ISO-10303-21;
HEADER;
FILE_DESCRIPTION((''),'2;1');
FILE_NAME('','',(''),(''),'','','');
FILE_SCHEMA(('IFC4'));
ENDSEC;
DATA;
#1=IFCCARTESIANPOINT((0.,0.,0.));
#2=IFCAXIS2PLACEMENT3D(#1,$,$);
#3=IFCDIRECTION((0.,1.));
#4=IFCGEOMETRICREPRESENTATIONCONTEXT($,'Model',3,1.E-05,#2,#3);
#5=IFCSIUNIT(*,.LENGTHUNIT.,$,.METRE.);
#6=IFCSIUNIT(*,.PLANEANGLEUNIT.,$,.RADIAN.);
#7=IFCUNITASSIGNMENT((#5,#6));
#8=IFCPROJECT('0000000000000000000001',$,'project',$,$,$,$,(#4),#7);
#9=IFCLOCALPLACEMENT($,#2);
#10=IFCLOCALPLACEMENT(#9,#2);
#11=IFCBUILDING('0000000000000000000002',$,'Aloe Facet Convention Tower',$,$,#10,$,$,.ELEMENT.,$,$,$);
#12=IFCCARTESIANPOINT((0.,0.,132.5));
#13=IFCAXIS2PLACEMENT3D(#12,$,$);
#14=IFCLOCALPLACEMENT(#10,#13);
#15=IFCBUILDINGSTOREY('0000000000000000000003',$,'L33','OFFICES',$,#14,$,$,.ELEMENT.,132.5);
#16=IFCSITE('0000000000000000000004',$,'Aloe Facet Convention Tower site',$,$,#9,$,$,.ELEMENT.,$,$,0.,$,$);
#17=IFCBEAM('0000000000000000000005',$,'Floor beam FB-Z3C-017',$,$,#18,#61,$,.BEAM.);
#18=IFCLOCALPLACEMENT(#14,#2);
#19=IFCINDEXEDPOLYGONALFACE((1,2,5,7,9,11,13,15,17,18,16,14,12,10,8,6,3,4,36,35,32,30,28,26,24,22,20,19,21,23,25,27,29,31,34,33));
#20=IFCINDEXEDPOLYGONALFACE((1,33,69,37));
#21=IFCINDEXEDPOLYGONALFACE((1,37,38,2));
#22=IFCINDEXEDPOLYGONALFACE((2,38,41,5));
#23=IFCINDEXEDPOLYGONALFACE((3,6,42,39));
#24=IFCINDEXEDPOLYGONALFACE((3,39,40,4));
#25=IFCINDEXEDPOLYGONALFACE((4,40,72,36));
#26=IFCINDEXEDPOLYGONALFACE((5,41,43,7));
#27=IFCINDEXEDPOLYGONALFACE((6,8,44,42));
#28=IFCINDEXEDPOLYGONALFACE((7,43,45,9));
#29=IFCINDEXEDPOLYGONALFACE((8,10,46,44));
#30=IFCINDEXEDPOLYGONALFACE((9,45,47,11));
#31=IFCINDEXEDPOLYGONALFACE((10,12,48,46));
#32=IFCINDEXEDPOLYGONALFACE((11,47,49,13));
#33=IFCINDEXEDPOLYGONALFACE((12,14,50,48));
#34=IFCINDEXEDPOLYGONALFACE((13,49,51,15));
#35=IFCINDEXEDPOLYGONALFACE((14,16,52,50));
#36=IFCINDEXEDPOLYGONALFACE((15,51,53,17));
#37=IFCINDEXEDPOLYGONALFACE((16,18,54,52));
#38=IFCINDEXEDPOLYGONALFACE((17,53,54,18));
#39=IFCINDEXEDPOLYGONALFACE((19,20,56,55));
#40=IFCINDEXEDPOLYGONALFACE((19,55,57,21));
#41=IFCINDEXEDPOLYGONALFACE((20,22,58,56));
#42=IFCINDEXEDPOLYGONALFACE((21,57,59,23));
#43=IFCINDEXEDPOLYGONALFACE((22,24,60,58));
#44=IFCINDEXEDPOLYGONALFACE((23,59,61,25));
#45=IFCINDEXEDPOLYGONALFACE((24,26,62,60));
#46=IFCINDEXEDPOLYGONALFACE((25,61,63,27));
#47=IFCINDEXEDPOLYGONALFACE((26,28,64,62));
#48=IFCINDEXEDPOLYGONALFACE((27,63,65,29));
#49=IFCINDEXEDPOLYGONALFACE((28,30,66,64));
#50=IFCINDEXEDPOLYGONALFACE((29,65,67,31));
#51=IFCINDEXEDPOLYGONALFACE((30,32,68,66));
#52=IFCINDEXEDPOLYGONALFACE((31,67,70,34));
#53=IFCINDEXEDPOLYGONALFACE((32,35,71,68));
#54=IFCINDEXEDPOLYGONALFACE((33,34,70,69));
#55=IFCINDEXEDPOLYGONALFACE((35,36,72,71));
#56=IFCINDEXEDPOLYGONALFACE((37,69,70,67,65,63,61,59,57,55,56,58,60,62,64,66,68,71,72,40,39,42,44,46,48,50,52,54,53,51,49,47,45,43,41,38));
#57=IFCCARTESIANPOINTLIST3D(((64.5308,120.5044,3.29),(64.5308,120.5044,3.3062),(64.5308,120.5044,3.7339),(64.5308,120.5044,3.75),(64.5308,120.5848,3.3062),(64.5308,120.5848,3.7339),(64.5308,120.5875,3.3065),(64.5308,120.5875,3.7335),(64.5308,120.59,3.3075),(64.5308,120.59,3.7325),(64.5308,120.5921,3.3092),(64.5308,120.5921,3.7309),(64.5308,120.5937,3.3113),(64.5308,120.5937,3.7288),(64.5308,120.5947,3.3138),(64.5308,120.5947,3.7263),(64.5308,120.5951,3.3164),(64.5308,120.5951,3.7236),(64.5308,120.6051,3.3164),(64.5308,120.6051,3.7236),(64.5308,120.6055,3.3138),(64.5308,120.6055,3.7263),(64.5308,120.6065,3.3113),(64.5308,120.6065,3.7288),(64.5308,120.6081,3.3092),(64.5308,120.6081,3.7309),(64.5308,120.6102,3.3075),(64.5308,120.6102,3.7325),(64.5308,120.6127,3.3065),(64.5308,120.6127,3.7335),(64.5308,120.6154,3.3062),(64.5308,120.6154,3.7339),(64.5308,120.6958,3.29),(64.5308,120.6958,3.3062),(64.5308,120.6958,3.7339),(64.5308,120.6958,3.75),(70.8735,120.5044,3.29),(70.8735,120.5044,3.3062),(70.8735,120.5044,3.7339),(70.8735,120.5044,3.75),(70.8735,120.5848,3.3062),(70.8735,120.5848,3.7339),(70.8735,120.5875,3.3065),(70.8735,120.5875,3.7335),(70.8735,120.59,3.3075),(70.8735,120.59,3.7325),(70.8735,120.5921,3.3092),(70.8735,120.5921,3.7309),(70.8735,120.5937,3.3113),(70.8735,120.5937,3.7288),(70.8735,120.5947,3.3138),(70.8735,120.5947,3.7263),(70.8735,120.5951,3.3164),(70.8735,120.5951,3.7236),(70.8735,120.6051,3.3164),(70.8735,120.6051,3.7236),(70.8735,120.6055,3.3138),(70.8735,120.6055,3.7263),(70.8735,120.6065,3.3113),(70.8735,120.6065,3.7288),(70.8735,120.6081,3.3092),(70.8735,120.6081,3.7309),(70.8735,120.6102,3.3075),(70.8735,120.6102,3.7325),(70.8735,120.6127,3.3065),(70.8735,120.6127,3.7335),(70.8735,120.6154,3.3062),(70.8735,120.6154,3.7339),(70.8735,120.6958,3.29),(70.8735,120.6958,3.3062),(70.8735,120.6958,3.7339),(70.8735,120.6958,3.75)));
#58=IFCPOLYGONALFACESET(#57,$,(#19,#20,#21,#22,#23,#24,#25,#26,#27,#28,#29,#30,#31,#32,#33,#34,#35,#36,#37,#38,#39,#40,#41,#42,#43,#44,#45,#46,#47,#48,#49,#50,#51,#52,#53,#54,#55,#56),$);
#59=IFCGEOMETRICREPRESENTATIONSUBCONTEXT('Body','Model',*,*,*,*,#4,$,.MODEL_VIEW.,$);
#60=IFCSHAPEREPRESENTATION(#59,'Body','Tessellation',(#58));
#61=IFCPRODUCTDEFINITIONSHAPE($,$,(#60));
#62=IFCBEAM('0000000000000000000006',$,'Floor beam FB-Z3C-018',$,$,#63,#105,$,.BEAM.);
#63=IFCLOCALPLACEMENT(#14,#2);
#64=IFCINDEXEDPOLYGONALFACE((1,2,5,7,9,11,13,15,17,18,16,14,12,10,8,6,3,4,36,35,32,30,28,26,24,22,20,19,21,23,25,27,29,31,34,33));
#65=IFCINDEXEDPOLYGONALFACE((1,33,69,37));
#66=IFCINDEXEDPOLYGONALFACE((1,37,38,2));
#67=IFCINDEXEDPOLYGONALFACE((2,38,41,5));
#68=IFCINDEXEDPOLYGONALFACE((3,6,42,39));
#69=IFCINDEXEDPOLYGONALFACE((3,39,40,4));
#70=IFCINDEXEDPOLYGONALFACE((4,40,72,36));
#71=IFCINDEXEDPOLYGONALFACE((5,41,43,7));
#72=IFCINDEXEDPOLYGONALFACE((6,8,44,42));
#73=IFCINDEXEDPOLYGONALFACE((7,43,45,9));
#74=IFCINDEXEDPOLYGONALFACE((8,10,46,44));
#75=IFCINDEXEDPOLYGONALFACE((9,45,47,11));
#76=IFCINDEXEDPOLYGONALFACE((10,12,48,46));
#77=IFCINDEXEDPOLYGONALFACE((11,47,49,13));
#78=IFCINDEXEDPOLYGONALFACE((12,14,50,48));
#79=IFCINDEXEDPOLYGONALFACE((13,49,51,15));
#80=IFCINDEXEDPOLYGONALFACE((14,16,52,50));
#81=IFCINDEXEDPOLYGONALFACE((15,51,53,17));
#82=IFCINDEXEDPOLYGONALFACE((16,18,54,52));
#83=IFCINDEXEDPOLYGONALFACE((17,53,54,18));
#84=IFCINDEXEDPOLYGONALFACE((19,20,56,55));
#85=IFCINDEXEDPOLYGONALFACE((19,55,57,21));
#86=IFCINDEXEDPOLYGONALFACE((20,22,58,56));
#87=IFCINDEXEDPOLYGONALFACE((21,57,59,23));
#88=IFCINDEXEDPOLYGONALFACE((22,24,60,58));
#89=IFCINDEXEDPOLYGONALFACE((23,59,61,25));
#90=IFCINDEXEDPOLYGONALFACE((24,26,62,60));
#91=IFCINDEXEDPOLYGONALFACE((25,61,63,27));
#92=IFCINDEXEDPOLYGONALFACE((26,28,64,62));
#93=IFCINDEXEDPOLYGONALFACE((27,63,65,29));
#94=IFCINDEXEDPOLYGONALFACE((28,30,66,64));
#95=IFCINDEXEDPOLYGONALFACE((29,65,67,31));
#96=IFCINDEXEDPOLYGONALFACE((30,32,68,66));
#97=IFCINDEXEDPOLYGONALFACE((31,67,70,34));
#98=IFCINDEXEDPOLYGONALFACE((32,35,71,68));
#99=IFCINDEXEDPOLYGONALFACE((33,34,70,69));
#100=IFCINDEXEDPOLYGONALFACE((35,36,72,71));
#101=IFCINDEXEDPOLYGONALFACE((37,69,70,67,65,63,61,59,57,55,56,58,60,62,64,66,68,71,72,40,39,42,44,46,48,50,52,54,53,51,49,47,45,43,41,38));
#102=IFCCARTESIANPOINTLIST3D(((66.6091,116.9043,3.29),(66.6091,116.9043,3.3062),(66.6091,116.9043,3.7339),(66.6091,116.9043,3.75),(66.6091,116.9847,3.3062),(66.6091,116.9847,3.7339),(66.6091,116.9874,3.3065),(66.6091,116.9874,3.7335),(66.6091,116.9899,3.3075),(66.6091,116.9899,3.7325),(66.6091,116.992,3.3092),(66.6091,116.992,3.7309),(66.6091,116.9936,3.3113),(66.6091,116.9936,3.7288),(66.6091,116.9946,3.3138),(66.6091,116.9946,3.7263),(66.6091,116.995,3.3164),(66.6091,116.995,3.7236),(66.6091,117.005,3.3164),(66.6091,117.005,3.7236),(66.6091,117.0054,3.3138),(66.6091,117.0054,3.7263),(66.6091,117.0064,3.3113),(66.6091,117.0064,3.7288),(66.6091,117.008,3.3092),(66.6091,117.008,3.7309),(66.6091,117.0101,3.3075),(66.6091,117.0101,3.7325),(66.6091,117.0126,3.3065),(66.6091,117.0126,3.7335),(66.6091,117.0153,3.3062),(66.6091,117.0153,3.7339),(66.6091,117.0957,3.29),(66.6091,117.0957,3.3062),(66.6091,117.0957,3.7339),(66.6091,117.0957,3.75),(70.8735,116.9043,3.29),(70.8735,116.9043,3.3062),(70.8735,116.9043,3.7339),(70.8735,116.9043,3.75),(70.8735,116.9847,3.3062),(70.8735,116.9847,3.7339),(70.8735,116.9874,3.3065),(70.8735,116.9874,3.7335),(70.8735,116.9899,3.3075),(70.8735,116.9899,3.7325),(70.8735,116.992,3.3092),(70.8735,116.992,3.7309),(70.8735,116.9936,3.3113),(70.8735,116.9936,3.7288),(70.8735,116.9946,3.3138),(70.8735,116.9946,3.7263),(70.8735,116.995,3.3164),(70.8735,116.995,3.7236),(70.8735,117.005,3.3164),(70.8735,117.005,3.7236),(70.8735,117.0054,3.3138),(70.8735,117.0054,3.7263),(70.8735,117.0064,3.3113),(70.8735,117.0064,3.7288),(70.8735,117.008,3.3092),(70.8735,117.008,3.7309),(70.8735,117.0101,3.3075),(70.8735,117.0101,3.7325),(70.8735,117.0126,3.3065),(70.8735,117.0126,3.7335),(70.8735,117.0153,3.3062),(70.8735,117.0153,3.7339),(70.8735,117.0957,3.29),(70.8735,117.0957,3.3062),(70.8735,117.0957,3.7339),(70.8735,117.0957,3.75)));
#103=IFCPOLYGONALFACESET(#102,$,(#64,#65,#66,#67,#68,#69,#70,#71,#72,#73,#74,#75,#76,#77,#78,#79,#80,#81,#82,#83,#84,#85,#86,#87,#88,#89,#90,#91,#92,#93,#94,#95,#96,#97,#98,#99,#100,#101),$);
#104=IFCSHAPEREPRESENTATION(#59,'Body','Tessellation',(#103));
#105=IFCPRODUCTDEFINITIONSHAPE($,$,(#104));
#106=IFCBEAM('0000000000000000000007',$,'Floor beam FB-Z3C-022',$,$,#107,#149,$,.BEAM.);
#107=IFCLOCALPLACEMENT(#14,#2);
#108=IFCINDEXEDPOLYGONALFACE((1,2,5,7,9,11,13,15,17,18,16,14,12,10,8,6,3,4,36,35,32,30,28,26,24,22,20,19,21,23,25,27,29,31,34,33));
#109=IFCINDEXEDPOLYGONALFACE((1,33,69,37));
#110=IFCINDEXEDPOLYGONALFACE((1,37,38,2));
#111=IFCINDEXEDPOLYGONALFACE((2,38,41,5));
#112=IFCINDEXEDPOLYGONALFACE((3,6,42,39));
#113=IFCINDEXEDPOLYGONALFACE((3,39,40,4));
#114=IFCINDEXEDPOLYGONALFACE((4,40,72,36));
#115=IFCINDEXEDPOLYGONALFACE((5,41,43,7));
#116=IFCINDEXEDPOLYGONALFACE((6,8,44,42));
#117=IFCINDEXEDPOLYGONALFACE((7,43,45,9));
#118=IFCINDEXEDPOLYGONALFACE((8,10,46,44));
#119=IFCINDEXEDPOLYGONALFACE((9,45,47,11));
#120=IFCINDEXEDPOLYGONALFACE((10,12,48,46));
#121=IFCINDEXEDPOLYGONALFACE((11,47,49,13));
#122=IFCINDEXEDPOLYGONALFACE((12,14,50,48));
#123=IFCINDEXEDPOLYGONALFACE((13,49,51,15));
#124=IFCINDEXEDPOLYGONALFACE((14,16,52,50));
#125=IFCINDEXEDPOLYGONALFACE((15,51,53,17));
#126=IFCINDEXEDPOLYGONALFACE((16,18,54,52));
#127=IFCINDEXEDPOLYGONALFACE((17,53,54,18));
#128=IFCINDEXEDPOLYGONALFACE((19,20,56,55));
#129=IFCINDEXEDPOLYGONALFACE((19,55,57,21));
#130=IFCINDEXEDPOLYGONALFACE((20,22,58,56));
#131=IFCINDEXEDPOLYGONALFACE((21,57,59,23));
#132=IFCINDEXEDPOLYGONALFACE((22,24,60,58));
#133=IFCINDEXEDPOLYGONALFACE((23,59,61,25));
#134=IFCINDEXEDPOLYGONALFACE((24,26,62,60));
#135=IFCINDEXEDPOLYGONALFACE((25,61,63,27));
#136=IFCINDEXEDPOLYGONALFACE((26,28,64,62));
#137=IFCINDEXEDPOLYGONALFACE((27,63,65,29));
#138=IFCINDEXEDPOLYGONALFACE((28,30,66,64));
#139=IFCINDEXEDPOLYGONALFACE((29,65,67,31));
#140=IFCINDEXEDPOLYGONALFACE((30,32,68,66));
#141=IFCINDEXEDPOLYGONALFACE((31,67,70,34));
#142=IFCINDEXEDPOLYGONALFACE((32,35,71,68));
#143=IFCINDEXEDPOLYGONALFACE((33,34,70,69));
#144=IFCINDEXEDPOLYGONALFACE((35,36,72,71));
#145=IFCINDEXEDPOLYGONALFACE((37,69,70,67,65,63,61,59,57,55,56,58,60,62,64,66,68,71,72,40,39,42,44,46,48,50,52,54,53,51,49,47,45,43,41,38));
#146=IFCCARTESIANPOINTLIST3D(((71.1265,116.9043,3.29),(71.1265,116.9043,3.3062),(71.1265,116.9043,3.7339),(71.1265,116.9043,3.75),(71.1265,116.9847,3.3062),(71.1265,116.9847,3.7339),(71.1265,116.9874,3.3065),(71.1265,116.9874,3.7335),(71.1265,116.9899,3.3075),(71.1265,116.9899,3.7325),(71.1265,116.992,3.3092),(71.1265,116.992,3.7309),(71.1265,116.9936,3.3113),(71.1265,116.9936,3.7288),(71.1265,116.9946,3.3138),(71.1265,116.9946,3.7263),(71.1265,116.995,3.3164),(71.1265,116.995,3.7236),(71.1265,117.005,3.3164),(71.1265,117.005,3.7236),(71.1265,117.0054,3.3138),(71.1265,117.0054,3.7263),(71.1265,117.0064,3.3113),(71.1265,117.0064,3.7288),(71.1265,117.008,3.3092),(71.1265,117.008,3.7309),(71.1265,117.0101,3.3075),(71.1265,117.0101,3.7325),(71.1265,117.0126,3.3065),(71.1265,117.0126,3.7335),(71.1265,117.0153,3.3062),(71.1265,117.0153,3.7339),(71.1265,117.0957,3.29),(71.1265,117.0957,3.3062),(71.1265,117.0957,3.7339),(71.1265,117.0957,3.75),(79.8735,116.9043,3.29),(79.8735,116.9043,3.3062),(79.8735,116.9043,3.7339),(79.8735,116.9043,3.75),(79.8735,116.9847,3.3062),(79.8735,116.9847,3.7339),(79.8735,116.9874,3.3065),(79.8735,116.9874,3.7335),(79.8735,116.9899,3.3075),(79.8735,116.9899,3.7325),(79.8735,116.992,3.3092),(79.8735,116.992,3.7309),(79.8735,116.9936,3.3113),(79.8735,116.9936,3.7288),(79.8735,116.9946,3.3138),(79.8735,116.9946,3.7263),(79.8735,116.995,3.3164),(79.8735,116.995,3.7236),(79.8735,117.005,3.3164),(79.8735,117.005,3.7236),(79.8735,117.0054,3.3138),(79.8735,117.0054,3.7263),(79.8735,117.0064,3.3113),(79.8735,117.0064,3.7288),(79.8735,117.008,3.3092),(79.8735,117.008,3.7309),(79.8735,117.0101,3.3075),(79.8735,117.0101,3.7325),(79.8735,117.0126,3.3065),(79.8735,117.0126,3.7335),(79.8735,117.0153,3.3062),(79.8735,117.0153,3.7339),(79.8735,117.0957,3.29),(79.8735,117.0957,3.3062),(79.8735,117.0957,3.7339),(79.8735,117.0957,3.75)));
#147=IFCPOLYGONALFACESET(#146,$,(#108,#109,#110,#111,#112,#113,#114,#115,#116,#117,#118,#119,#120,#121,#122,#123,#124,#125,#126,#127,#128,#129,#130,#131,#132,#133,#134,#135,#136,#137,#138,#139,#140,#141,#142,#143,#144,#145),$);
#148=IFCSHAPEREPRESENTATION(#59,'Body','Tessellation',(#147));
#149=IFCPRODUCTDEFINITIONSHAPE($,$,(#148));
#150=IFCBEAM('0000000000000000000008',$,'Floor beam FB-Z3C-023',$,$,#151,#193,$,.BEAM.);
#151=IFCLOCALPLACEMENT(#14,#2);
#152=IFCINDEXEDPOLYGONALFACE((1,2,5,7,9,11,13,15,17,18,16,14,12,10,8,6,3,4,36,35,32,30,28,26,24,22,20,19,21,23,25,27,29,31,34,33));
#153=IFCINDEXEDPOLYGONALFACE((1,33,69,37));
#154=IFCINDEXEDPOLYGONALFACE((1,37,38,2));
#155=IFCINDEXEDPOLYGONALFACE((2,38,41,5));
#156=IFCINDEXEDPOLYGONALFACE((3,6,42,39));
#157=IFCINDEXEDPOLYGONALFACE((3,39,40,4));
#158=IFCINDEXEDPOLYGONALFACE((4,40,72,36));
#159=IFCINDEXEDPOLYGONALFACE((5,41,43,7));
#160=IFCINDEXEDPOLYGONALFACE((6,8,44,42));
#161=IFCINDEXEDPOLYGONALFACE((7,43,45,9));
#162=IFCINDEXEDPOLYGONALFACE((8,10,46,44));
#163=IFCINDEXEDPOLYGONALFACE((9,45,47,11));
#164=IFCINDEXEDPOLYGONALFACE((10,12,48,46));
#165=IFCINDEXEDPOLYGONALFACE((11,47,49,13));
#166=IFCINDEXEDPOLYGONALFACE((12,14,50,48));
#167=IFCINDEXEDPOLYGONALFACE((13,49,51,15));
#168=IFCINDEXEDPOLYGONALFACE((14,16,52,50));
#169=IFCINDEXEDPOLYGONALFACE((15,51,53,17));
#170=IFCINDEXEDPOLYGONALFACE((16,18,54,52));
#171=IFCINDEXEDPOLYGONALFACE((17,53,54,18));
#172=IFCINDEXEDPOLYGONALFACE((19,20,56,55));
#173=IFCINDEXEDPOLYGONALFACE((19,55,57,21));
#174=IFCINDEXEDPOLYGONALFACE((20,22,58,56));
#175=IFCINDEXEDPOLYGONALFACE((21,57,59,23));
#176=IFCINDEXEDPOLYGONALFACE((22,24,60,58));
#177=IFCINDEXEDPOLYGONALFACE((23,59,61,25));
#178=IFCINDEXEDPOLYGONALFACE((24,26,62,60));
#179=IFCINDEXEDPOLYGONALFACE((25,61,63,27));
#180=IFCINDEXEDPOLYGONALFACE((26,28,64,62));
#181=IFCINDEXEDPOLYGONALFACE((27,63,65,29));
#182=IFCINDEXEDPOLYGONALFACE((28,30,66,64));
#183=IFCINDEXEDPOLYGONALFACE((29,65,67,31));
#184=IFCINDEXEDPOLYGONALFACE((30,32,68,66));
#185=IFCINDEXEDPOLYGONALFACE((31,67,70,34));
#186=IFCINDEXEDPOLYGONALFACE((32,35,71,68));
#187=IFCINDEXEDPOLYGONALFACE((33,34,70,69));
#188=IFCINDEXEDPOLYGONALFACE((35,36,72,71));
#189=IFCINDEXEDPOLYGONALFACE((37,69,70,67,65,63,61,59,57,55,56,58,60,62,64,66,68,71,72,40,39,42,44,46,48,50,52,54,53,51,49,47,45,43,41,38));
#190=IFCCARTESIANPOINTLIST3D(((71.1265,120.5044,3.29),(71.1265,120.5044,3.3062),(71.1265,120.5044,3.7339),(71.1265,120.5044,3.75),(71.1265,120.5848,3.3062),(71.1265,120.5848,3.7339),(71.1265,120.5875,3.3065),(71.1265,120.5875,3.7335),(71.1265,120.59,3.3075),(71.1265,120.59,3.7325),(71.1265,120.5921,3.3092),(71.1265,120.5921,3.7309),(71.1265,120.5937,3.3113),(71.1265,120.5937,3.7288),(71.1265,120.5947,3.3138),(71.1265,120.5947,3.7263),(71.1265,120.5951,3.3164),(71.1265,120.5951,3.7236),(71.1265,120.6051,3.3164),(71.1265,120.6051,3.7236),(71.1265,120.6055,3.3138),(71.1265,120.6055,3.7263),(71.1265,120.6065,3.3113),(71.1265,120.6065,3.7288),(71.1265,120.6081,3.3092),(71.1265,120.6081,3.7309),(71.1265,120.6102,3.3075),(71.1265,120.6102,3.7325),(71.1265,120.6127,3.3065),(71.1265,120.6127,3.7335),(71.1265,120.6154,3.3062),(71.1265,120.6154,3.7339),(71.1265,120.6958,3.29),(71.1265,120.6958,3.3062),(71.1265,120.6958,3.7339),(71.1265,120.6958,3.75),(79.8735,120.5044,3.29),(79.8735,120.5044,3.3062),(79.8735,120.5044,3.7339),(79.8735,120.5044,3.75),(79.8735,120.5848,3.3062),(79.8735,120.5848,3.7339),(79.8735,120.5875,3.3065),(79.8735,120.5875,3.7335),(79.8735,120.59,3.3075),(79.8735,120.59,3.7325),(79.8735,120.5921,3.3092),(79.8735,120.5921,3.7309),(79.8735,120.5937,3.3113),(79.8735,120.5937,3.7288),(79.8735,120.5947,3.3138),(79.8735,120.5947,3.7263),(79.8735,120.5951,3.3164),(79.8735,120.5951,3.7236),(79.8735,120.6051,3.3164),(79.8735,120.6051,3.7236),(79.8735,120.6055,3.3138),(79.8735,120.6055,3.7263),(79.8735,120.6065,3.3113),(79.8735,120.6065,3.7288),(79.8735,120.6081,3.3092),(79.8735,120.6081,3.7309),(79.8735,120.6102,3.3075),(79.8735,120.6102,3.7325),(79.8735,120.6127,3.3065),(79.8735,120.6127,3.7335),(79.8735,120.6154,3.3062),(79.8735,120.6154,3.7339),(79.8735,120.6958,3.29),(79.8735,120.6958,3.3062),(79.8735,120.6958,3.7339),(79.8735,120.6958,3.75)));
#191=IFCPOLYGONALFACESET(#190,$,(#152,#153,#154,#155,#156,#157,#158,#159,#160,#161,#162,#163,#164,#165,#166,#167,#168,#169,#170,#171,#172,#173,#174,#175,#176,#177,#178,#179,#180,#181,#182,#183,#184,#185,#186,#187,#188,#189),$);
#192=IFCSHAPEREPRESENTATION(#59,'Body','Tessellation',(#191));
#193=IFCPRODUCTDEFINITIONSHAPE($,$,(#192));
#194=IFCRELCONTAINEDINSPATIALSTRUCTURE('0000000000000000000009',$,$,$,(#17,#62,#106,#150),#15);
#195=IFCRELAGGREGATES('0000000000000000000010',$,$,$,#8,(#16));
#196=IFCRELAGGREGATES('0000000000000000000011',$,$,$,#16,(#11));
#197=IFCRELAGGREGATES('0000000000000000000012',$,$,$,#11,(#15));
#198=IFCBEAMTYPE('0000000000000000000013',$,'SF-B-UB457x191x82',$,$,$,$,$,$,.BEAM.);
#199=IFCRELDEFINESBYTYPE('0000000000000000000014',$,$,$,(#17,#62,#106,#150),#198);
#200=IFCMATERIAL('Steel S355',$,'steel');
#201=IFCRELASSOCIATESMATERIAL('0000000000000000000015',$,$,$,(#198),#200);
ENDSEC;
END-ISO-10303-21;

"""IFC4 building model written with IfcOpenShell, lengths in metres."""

from ifc_helpers import new_model, si_unit, direction, frame, origin, origin_2d, place, context, subcontext, project, spatial, i_section, extrude, material, material_profile, profile_set, type_object, element, save


model = new_model("IFC4")

# Units and contexts
model_context = context("Model", 3, precision=1e-05, world=origin(), true_north=direction((0.0, 1.0)))
body_context = subcontext(model_context, "Body", "Model", "MODEL_VIEW")
ifc_project = project(units=[si_unit("LENGTHUNIT", "METRE"), si_unit("PLANEANGLEUNIT", "RADIAN")], contexts=[model_context])

# Site, building, storey
site_placement = place(None, origin())
site = spatial("IfcSite", under=ifc_project, at=site_placement, Name="Aloe Facet Convention Tower site", CompositionType="ELEMENT", RefElevation=0.0)
building_placement = place(site_placement, origin())
building = spatial("IfcBuilding", under=site, at=building_placement, Name="Aloe Facet Convention Tower", CompositionType="ELEMENT")
storey_placement = place(building_placement, frame((0.0, 0.0, 132.5)))
storey = spatial("IfcBuildingStorey", under=building, at=storey_placement, Name="L33", Description="OFFICES", CompositionType="ELEMENT", Elevation=132.5)

# Beams
ifc_material_1 = material(Name="Steel S355", Category="steel")
ifc_material_profile_1 = material_profile(ifc_material_1, i_section(OverallWidth=0.1914, OverallDepth=0.46, WebThickness=0.01, FlangeThickness=0.0161, FilletRadius=0.0103, at=origin_2d()), Name="UB 457x191x82")
ifc_profile_set_1 = profile_set([ifc_material_profile_1], Name="Steel S355")
beam_type_1 = type_object("IfcBeamType", Name="SF-B-UB457x191x82", PredefinedType="BEAM", material=ifc_profile_set_1)
beam_1_placement = place(storey_placement, frame((64.5308, 120.6001, 3.52), z_axis=(1.0, 0.0, 0.0), x_axis=(0.0, 1.0, 0.0)))
element("IfcBeam", 1, at=beam_1_placement, inside=storey, type_object=beam_type_1, Name="Floor beam FB-Z3C-017", PredefinedType="BEAM", context=body_context, shape_type="SweptSolid", body=[
    extrude(i_section(OverallWidth=0.1914, OverallDepth=0.46, WebThickness=0.01, FlangeThickness=0.0161, FilletRadius=0.0103, at=origin_2d()), origin(), (0.0, 0.0, 1.0), 6.3428),
])
beam_2_placement = place(storey_placement, frame((66.6091, 117.0, 3.52), z_axis=(1.0, 0.0, 0.0), x_axis=(0.0, 1.0, 0.0)))
element("IfcBeam", 2, at=beam_2_placement, inside=storey, type_object=beam_type_1, Name="Floor beam FB-Z3C-018", PredefinedType="BEAM", context=body_context, shape_type="SweptSolid", body=[
    extrude(i_section(OverallWidth=0.1914, OverallDepth=0.46, WebThickness=0.01, FlangeThickness=0.0161, FilletRadius=0.0103, at=origin_2d()), origin(), (0.0, 0.0, 1.0), 4.2644),
])
for number, where, z_axis, x_axis, name in (
    (3, (71.1265, 117.0, 3.52), (1.0, 0.0, 0.0), (0.0, 1.0, 0.0), "Floor beam FB-Z3C-022"),
    (4, (71.1265, 120.6001, 3.52), (1.0, 0.0, 0.0), (0.0, 1.0, 0.0), "Floor beam FB-Z3C-023"),
):
    element("IfcBeam", number, at=place(storey_placement, frame(where, z_axis=z_axis, x_axis=x_axis)), inside=storey, type_object=beam_type_1, Name=name, PredefinedType="BEAM", context=body_context, shape_type="SweptSolid", body=[
        extrude(i_section(OverallWidth=0.1914, OverallDepth=0.46, WebThickness=0.01, FlangeThickness=0.0161, FilletRadius=0.0103, at=origin_2d()), origin(), (0.0, 0.0, 1.0), 8.7471),
    ])

save(model, "model.ifc")
